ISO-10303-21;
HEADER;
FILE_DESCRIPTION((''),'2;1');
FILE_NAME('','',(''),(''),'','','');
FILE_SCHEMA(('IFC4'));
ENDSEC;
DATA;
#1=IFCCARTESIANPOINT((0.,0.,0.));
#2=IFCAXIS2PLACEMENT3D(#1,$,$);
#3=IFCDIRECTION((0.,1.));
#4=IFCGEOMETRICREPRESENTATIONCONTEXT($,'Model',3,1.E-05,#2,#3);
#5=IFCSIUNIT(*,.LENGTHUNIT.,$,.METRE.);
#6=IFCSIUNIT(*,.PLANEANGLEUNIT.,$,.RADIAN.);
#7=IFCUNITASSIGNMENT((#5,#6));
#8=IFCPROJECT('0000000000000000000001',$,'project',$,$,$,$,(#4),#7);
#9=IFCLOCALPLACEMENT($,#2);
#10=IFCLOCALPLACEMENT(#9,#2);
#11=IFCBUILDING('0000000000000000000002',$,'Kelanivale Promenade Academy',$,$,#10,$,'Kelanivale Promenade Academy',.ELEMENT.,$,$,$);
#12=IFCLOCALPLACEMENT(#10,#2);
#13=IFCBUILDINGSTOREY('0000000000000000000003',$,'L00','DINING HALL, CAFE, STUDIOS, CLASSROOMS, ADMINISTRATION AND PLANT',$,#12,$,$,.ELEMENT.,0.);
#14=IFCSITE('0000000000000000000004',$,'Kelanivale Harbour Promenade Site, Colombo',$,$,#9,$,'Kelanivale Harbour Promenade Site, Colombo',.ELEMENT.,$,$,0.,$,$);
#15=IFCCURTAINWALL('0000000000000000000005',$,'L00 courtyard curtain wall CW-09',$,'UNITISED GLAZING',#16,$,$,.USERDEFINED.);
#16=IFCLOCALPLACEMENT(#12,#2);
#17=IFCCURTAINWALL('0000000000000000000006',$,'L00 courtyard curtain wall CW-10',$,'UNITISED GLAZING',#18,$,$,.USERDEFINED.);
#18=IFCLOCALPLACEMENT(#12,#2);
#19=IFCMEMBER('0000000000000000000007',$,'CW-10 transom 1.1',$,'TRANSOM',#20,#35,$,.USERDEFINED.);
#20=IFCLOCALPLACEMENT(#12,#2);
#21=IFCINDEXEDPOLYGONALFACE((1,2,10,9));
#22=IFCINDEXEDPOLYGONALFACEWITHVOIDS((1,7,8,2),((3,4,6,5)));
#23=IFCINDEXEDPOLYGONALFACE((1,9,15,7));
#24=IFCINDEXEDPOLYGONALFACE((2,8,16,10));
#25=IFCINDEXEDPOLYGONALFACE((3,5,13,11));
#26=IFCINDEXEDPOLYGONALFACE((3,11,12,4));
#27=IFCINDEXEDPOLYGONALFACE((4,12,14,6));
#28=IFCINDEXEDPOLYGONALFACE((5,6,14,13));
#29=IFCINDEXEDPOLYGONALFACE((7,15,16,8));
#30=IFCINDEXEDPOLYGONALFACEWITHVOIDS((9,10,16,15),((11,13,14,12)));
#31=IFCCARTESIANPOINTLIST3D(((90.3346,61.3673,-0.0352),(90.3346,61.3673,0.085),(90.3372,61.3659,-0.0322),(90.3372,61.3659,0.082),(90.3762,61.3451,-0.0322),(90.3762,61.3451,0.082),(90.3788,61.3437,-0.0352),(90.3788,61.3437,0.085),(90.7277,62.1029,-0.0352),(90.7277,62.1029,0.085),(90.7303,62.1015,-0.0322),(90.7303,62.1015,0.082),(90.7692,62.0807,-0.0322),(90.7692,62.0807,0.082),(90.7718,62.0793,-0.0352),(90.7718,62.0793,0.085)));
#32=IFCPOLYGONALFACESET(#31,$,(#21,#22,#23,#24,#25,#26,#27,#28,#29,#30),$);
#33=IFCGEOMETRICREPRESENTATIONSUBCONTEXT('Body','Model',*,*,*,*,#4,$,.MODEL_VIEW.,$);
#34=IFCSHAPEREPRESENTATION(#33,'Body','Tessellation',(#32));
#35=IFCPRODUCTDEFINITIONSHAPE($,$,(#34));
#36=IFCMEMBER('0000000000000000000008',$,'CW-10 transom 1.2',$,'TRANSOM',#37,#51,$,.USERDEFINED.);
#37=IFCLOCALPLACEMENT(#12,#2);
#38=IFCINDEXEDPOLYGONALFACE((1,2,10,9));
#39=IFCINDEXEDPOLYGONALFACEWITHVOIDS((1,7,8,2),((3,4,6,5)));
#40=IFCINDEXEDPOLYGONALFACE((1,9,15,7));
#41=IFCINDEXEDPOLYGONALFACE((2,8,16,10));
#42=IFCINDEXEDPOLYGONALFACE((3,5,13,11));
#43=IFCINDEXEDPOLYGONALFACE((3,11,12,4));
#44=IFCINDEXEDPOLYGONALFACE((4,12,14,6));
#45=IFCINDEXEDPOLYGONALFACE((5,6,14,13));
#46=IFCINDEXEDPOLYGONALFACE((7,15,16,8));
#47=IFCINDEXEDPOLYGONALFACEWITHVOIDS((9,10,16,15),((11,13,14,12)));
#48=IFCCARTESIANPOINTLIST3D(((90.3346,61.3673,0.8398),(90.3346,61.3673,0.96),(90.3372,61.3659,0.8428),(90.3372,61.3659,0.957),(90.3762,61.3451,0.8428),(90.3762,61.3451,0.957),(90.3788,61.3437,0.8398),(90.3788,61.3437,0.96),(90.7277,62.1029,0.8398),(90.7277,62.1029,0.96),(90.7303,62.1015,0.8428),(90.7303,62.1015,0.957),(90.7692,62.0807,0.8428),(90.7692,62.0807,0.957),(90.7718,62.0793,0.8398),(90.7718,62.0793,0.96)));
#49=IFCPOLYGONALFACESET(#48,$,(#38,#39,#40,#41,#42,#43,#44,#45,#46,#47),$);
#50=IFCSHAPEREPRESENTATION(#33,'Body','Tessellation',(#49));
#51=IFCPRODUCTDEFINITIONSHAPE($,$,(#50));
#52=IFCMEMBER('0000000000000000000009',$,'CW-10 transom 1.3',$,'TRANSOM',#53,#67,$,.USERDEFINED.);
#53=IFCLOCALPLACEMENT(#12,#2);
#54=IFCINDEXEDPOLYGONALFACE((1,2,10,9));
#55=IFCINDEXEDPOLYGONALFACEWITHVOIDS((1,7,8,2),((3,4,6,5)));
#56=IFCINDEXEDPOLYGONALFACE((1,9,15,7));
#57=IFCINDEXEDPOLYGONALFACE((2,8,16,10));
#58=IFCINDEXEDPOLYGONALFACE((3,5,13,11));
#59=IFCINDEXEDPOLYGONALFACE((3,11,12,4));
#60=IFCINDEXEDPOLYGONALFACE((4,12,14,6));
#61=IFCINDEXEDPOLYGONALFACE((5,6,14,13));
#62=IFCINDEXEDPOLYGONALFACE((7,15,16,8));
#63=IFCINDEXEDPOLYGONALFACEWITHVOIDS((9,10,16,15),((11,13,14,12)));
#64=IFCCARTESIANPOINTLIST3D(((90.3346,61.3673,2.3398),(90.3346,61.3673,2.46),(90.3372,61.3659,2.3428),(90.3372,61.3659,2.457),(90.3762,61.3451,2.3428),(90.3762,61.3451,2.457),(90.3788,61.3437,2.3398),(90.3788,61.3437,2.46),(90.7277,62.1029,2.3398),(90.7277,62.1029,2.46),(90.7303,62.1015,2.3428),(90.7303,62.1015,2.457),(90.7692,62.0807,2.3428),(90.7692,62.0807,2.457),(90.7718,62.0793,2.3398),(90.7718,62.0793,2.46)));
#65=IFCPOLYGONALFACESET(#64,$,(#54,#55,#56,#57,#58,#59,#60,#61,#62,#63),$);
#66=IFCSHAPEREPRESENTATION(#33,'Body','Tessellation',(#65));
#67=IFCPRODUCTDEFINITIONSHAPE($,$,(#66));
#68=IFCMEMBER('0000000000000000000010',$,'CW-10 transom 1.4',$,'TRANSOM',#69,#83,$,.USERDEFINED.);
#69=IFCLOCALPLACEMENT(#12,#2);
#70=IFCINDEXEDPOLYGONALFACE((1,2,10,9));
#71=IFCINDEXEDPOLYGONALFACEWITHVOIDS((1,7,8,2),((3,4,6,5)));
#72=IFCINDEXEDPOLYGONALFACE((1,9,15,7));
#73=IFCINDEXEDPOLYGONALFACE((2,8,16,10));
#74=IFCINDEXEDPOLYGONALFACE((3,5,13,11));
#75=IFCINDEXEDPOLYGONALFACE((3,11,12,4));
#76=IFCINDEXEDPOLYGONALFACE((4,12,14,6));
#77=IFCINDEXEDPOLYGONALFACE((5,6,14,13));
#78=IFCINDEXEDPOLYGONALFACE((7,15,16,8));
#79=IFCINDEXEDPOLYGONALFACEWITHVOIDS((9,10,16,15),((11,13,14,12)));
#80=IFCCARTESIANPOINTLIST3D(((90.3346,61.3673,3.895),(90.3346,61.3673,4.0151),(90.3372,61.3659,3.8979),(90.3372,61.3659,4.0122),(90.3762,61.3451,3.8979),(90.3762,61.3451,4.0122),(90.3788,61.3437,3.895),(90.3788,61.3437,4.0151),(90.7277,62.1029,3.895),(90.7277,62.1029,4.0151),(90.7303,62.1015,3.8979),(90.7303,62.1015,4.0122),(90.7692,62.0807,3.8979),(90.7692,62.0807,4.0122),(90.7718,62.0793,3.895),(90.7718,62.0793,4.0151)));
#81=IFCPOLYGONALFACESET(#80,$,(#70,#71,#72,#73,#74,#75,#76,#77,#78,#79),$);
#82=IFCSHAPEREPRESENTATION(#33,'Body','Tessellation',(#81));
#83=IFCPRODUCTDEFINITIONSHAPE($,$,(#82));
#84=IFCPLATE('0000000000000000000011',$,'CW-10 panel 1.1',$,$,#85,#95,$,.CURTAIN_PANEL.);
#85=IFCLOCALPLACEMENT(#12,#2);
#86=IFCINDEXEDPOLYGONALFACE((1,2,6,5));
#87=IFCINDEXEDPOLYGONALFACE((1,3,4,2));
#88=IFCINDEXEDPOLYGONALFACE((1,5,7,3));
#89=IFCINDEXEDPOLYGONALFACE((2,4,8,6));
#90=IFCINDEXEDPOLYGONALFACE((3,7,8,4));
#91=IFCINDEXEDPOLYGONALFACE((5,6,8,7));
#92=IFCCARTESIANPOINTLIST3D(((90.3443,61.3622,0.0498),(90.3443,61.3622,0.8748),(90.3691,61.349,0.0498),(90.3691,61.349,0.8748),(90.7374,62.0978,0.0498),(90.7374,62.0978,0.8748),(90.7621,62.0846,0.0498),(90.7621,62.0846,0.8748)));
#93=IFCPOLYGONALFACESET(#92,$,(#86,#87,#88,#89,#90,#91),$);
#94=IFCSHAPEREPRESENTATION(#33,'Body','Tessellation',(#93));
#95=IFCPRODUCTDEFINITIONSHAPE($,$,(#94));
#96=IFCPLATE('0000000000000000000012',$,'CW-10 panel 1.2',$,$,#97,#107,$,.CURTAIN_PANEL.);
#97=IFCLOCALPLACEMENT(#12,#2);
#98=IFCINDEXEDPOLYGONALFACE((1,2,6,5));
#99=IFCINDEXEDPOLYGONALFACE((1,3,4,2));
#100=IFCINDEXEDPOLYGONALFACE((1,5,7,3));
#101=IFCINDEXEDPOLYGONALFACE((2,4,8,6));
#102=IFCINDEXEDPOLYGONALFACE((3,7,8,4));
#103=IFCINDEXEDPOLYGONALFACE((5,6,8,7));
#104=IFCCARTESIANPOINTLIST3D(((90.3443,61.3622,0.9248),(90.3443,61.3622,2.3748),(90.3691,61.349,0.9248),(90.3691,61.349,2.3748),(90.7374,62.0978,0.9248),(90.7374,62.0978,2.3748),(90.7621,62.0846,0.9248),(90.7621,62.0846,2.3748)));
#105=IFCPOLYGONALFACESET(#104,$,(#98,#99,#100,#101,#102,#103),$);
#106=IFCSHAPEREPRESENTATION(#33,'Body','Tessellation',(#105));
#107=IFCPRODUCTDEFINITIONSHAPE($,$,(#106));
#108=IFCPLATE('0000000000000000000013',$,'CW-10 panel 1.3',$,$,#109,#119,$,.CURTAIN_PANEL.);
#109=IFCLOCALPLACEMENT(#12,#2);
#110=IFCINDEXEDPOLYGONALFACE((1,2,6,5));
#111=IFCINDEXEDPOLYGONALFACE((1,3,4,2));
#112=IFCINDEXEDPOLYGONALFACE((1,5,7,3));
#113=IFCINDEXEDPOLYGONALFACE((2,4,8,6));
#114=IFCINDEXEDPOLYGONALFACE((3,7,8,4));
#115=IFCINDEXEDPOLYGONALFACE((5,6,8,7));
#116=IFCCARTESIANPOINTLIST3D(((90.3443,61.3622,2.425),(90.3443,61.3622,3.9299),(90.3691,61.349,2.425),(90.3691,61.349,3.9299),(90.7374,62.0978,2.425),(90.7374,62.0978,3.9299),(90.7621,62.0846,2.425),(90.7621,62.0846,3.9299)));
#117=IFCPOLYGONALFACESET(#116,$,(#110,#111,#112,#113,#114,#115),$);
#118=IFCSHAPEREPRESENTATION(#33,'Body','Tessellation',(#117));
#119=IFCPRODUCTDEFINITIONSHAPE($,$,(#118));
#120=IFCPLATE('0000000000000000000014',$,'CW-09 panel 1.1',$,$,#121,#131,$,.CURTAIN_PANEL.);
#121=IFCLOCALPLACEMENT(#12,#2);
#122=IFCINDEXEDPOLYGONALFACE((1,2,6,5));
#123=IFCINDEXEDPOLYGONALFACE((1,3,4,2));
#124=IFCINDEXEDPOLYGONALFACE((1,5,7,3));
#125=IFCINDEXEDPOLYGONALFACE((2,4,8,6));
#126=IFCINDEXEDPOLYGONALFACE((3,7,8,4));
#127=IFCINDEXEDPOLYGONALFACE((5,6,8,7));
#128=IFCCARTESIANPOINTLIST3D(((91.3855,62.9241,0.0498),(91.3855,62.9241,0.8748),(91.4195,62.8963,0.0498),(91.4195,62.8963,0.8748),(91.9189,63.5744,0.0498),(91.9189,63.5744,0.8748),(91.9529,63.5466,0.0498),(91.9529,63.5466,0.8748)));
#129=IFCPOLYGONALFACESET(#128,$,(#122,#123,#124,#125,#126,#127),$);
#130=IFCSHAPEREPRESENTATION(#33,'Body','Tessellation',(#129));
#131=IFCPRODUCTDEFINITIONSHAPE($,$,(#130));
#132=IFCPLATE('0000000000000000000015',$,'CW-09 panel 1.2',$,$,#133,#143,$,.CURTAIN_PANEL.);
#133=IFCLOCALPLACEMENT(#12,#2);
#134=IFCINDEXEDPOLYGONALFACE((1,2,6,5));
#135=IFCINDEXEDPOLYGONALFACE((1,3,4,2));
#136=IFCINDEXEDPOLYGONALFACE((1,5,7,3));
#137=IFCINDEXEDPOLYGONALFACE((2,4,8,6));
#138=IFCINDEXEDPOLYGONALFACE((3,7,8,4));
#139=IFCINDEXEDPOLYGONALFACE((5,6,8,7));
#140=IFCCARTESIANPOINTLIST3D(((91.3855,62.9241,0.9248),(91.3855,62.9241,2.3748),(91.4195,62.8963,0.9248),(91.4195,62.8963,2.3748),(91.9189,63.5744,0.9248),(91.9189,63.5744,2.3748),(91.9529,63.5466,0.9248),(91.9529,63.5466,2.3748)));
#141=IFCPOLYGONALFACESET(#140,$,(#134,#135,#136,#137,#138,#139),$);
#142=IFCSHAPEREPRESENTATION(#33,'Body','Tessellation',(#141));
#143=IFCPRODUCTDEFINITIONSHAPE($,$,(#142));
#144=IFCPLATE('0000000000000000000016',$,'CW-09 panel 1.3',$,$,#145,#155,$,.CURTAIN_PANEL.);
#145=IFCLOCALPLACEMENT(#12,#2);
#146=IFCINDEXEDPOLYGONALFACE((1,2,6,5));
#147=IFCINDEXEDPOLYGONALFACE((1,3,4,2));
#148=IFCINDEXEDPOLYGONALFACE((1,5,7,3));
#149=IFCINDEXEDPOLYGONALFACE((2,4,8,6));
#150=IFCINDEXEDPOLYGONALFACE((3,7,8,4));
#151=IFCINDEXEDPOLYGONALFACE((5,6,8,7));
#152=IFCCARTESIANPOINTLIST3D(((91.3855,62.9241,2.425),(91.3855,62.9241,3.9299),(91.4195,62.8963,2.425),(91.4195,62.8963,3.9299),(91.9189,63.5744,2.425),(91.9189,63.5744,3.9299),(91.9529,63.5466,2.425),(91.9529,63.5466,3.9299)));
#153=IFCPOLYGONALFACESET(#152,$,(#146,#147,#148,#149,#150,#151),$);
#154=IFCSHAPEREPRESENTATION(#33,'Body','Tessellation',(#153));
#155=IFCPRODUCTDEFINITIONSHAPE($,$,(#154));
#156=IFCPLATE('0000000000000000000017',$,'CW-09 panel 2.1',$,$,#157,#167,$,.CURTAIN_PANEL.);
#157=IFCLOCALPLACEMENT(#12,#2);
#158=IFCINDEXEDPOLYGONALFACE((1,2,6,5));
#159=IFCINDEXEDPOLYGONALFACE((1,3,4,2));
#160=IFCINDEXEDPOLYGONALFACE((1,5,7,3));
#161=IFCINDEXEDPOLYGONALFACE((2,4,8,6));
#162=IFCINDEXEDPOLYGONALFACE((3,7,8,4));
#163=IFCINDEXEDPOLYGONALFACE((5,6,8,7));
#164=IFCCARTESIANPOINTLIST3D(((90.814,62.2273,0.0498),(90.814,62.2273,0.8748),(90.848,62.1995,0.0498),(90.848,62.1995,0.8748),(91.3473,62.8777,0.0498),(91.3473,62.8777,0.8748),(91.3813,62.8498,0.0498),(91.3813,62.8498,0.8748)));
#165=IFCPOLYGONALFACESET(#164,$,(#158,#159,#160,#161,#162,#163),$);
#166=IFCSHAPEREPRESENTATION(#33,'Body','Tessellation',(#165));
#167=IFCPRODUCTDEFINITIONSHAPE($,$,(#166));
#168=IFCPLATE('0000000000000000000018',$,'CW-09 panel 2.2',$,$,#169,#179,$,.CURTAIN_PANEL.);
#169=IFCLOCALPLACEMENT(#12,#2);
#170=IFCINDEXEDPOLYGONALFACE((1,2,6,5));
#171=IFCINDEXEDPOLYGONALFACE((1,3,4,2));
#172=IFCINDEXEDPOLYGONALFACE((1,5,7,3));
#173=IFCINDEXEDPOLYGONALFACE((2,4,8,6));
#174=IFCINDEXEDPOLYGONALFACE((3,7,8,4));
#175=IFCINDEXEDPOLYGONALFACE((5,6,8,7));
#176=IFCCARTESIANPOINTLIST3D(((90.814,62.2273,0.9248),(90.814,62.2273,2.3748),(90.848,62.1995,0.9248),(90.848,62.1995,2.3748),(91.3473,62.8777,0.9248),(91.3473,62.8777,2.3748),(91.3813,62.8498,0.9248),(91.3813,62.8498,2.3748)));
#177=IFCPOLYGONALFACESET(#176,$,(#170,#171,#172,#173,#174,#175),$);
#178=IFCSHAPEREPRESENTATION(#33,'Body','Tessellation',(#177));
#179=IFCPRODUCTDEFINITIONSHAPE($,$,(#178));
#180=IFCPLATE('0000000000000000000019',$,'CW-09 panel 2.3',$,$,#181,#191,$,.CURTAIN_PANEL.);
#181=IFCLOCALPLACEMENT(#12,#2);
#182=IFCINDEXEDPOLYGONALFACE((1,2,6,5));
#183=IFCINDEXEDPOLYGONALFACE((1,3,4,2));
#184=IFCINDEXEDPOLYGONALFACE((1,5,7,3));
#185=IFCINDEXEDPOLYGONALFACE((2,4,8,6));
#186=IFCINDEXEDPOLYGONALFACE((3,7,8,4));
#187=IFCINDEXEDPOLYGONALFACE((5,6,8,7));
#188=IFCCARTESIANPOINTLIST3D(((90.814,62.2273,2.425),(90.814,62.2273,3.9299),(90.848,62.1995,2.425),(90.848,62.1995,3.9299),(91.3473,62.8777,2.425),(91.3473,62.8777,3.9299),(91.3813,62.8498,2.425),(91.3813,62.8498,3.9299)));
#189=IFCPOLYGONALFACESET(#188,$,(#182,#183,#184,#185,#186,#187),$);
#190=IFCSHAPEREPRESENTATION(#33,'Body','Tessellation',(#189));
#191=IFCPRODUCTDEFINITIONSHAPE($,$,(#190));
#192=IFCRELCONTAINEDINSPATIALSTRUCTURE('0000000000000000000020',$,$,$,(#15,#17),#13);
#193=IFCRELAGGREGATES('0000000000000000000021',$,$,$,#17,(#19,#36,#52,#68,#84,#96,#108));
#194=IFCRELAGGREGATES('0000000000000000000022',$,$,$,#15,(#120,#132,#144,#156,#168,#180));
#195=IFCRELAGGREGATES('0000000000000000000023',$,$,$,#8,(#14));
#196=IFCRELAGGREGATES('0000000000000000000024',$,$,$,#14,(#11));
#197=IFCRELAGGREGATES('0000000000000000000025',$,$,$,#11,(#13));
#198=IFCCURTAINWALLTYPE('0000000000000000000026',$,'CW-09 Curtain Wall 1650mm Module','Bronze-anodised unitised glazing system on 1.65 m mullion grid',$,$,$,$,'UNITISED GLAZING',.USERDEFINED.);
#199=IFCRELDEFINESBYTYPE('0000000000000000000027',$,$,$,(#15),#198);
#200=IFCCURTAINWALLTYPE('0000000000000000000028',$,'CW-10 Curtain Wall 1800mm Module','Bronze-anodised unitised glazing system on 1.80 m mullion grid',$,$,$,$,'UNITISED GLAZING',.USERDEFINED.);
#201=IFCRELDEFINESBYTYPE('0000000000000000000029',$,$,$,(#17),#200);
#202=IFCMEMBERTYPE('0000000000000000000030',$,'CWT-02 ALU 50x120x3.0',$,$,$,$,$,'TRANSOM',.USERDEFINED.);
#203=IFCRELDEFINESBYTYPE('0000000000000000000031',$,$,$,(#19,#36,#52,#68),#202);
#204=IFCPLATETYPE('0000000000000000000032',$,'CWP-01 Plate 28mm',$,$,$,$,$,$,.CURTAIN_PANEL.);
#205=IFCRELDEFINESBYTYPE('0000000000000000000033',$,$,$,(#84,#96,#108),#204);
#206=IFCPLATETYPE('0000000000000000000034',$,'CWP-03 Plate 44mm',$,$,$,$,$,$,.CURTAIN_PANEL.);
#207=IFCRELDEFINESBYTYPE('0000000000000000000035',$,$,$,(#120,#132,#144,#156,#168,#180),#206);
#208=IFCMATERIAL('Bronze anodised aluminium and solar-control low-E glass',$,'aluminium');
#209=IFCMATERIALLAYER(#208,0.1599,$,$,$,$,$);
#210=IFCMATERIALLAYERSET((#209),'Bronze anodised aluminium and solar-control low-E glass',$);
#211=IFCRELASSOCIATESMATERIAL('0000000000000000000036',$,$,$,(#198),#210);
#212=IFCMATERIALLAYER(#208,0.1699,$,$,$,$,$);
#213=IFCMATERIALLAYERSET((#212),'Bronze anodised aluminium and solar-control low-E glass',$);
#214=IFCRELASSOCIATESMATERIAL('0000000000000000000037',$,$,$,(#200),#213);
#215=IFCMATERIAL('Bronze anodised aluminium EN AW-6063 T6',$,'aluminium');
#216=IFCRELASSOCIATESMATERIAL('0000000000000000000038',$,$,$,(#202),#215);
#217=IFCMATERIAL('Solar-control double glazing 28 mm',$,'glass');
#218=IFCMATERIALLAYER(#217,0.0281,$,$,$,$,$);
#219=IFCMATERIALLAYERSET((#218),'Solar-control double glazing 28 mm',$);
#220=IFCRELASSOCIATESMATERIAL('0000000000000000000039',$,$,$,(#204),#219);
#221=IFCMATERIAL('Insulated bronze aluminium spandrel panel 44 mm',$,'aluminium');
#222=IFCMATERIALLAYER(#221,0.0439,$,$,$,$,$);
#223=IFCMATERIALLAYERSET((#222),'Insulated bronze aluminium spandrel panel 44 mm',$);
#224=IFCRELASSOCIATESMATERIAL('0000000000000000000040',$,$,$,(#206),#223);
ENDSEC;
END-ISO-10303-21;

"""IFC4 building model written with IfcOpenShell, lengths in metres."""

from ifc_helpers import new_model, si_unit, direction, frame, origin, origin_2d, place, context, subcontext, project, spatial, rectangle, hollow_rectangle, extrude, material, layer, layer_set, material_profile, profile_set, type_object, element, aggregate, save


model = new_model("IFC4")

# Units and contexts
model_context = context("Model", 3, precision=1e-05, world=origin(), true_north=direction((0.0, 1.0)))
body_context = subcontext(model_context, "Body", "Model", "MODEL_VIEW")
ifc_project = project(units=[si_unit("LENGTHUNIT", "METRE"), si_unit("PLANEANGLEUNIT", "RADIAN")], contexts=[model_context])

# Site, building, storey
site_placement = place(None, origin())
site = spatial("IfcSite", under=ifc_project, at=site_placement, Name="Kelanivale Harbour Promenade Site, Colombo", LongName="Kelanivale Harbour Promenade Site, Colombo", CompositionType="ELEMENT", RefElevation=0.0)
building_placement = place(site_placement, origin())
building = spatial("IfcBuilding", under=site, at=building_placement, Name="Kelanivale Promenade Academy", LongName="Kelanivale Promenade Academy", CompositionType="ELEMENT")
storey_placement = place(building_placement, origin())
storey = spatial("IfcBuildingStorey", under=building, at=storey_placement, Name="L00", Description="DINING HALL, CAFE, STUDIOS, CLASSROOMS, ADMINISTRATION AND PLANT", CompositionType="ELEMENT", Elevation=0.0)

# Curtain wall
ifc_material_1 = material(Name="Bronze anodised aluminium and solar-control low-E glass", Category="aluminium")
ifc_layer_1 = layer(ifc_material_1, 0.1599)
ifc_layer_set_1 = layer_set([ifc_layer_1], Name="Bronze anodised aluminium and solar-control low-E glass")
curtain_wall_type_1 = type_object("IfcCurtainWallType", Name="CW-09 Curtain Wall 1650mm Module", Description="Bronze-anodised unitised glazing system on 1.65 m mullion grid", ElementType="UNITISED GLAZING", PredefinedType="USERDEFINED", material=ifc_layer_set_1)
curtain_wall_1_placement = place(storey_placement, origin())
curtain_wall_1 = element("IfcCurtainWall", 1, at=curtain_wall_1_placement, inside=storey, type_object=curtain_wall_type_1, Name="L00 courtyard curtain wall CW-09", ObjectType="UNITISED GLAZING", PredefinedType="USERDEFINED")
ifc_material_2 = material(Name="Bronze anodised aluminium EN AW-6063 T6", Category="aluminium")

# Curtain wall
ifc_layer_2 = layer(ifc_material_1, 0.1699)
ifc_layer_set_2 = layer_set([ifc_layer_2], Name="Bronze anodised aluminium and solar-control low-E glass")
curtain_wall_type_2 = type_object("IfcCurtainWallType", Name="CW-10 Curtain Wall 1800mm Module", Description="Bronze-anodised unitised glazing system on 1.80 m mullion grid", ElementType="UNITISED GLAZING", PredefinedType="USERDEFINED", material=ifc_layer_set_2)
curtain_wall_2_placement = place(storey_placement, origin())
curtain_wall_2 = element("IfcCurtainWall", 2, at=curtain_wall_2_placement, inside=storey, type_object=curtain_wall_type_2, Name="L00 courtyard curtain wall CW-10", ObjectType="UNITISED GLAZING", PredefinedType="USERDEFINED")

# Members
ifc_material_profile_1 = material_profile(ifc_material_2, hollow_rectangle(XDim=0.05, YDim=0.1201, WallThickness=0.0029, at=origin_2d()), Name="ALU 50x120x3.0")
ifc_profile_set_1 = profile_set([ifc_material_profile_1], Name="Bronze anodised aluminium EN AW-6063 T6")
member_type_1 = type_object("IfcMemberType", Name="CWT-02 ALU 50x120x3.0", ElementType="TRANSOM", PredefinedType="USERDEFINED", material=ifc_profile_set_1)
member_1_placement = place(storey_placement, frame((90.7498, 62.0911, 0.0249), z_axis=(-0.471287, -0.88198, 0.0), x_axis=(0.88198, -0.471287, 0.0)))
member_1 = element("IfcMember", 3, at=member_1_placement, type_object=member_type_1, Name="CW-10 transom 1.1", ObjectType="TRANSOM", PredefinedType="USERDEFINED", context=body_context, shape_type="SweptSolid", body=[
    extrude(hollow_rectangle(XDim=0.05, YDim=0.1201, WallThickness=0.0029, at=origin_2d()), origin(), (0.0, 0.0, 1.0), 0.834),
])
member_2_placement = place(storey_placement, frame((90.7498, 62.0911, 0.8999), z_axis=(-0.471287, -0.88198, 0.0), x_axis=(0.88198, -0.471287, 0.0)))
member_2 = element("IfcMember", 4, at=member_2_placement, type_object=member_type_1, Name="CW-10 transom 1.2", ObjectType="TRANSOM", PredefinedType="USERDEFINED", context=body_context, shape_type="SweptSolid", body=[
    extrude(hollow_rectangle(XDim=0.05, YDim=0.1201, WallThickness=0.0029, at=origin_2d()), origin(), (0.0, 0.0, 1.0), 0.834),
])
member_3_placement = place(storey_placement, frame((90.7498, 62.0911, 2.3999), z_axis=(-0.471287, -0.88198, 0.0), x_axis=(0.88198, -0.471287, 0.0)))
member_3 = element("IfcMember", 5, at=member_3_placement, type_object=member_type_1, Name="CW-10 transom 1.3", ObjectType="TRANSOM", PredefinedType="USERDEFINED", context=body_context, shape_type="SweptSolid", body=[
    extrude(hollow_rectangle(XDim=0.05, YDim=0.1201, WallThickness=0.0029, at=origin_2d()), origin(), (0.0, 0.0, 1.0), 0.834),
])
member_4_placement = place(storey_placement, frame((90.7498, 62.0911, 3.9551), z_axis=(-0.471287, -0.88198, 0.0), x_axis=(0.88198, -0.471287, 0.0)))
member_4 = element("IfcMember", 6, at=member_4_placement, type_object=member_type_1, Name="CW-10 transom 1.4", ObjectType="TRANSOM", PredefinedType="USERDEFINED", context=body_context, shape_type="SweptSolid", body=[
    extrude(hollow_rectangle(XDim=0.05, YDim=0.1201, WallThickness=0.0029, at=origin_2d()), origin(), (0.0, 0.0, 1.0), 0.834),
])

# Plates
ifc_material_3 = material(Name="Solar-control double glazing 28 mm", Category="glass")
ifc_layer_3 = layer(ifc_material_3, 0.0281)
ifc_layer_set_3 = layer_set([ifc_layer_3], Name="Solar-control double glazing 28 mm")
plate_type_1 = type_object("IfcPlateType", Name="CWP-01 Plate 28mm", PredefinedType="CURTAIN_PANEL", material=ifc_layer_set_3)
plate_1_placement = place(storey_placement, frame((90.5532, 61.7234, 0.0498), z_axis=(0.0, 0.0, 1.0), x_axis=(-0.47129, -0.881978, 0.0)))
plate_1 = element("IfcPlate", 7, at=plate_1_placement, type_object=plate_type_1, Name="CW-10 panel 1.1", PredefinedType="CURTAIN_PANEL", context=body_context, shape_type="SweptSolid", body=[
    extrude(rectangle(XDim=0.834, YDim=0.0281, at=origin_2d()), origin(), (0.0, 0.0, 1.0), 0.825),
])
plate_2_placement = place(storey_placement, frame((90.5532, 61.7234, 0.9248), z_axis=(0.0, 0.0, 1.0), x_axis=(-0.47129, -0.881978, 0.0)))
plate_2 = element("IfcPlate", 8, at=plate_2_placement, type_object=plate_type_1, Name="CW-10 panel 1.2", PredefinedType="CURTAIN_PANEL", context=body_context, shape_type="SweptSolid", body=[
    extrude(rectangle(XDim=0.834, YDim=0.0281, at=origin_2d()), origin(), (0.0, 0.0, 1.0), 1.45),
])
plate_3_placement = place(storey_placement, frame((90.5532, 61.7234, 2.425), z_axis=(0.0, 0.0, 1.0), x_axis=(-0.47129, -0.881978, 0.0)))
plate_3 = element("IfcPlate", 9, at=plate_3_placement, type_object=plate_type_1, Name="CW-10 panel 1.3", PredefinedType="CURTAIN_PANEL", context=body_context, shape_type="SweptSolid", body=[
    extrude(rectangle(XDim=0.834, YDim=0.0281, at=origin_2d()), origin(), (0.0, 0.0, 1.0), 1.5049),
])
aggregate(curtain_wall_2, [member_1, member_2, member_3, member_4, plate_1, plate_2, plate_3])
ifc_material_4 = material(Name="Insulated bronze aluminium spandrel panel 44 mm", Category="aluminium")
ifc_layer_4 = layer(ifc_material_4, 0.0439)
ifc_layer_set_4 = layer_set([ifc_layer_4], Name="Insulated bronze aluminium spandrel panel 44 mm")
plate_type_2 = type_object("IfcPlateType", Name="CWP-03 Plate 44mm", PredefinedType="CURTAIN_PANEL", material=ifc_layer_set_4)
plate_4_placement = place(storey_placement, frame((91.6692, 63.2354, 0.0498), z_axis=(0.0, 0.0, 1.0), x_axis=(-0.634144, -0.773215, 0.0)))
plate_4 = element("IfcPlate", 10, at=plate_4_placement, type_object=plate_type_2, Name="CW-09 panel 1.1", PredefinedType="CURTAIN_PANEL", context=body_context, shape_type="SweptSolid", body=[
    extrude(rectangle(XDim=0.8411, YDim=0.0439, at=origin_2d()), origin(), (0.0, 0.0, 1.0), 0.825),
])
plate_5_placement = place(storey_placement, frame((91.6692, 63.2354, 0.9248), z_axis=(0.0, 0.0, 1.0), x_axis=(-0.634144, -0.773215, 0.0)))
plate_5 = element("IfcPlate", 11, at=plate_5_placement, type_object=plate_type_2, Name="CW-09 panel 1.2", PredefinedType="CURTAIN_PANEL", context=body_context, shape_type="SweptSolid", body=[
    extrude(rectangle(XDim=0.8411, YDim=0.0439, at=origin_2d()), origin(), (0.0, 0.0, 1.0), 1.45),
])
plate_6_placement = place(storey_placement, frame((91.6692, 63.2354, 2.425), z_axis=(0.0, 0.0, 1.0), x_axis=(-0.634144, -0.773215, 0.0)))
plate_6 = element("IfcPlate", 12, at=plate_6_placement, type_object=plate_type_2, Name="CW-09 panel 1.3", PredefinedType="CURTAIN_PANEL", context=body_context, shape_type="SweptSolid", body=[
    extrude(rectangle(XDim=0.8411, YDim=0.0439, at=origin_2d()), origin(), (0.0, 0.0, 1.0), 1.5049),
])
plate_7_placement = place(storey_placement, frame((91.0977, 62.5386, 0.0498), z_axis=(0.0, 0.0, 1.0), x_axis=(-0.634144, -0.773215, 0.0)))
plate_7 = element("IfcPlate", 13, at=plate_7_placement, type_object=plate_type_2, Name="CW-09 panel 2.1", PredefinedType="CURTAIN_PANEL", context=body_context, shape_type="SweptSolid", body=[
    extrude(rectangle(XDim=0.8411, YDim=0.0439, at=origin_2d()), origin(), (0.0, 0.0, 1.0), 0.825),
])
plate_8_placement = place(storey_placement, frame((91.0977, 62.5386, 0.9248), z_axis=(0.0, 0.0, 1.0), x_axis=(-0.634144, -0.773215, 0.0)))
plate_8 = element("IfcPlate", 14, at=plate_8_placement, type_object=plate_type_2, Name="CW-09 panel 2.2", PredefinedType="CURTAIN_PANEL", context=body_context, shape_type="SweptSolid", body=[
    extrude(rectangle(XDim=0.8411, YDim=0.0439, at=origin_2d()), origin(), (0.0, 0.0, 1.0), 1.45),
])
plate_9_placement = place(storey_placement, frame((91.0977, 62.5386, 2.425), z_axis=(0.0, 0.0, 1.0), x_axis=(-0.634144, -0.773215, 0.0)))
plate_9 = element("IfcPlate", 15, at=plate_9_placement, type_object=plate_type_2, Name="CW-09 panel 2.3", PredefinedType="CURTAIN_PANEL", context=body_context, shape_type="SweptSolid", body=[
    extrude(rectangle(XDim=0.8411, YDim=0.0439, at=origin_2d()), origin(), (0.0, 0.0, 1.0), 1.5049),
])
aggregate(curtain_wall_1, [plate_4, plate_5, plate_6, plate_7, plate_8, plate_9])

save(model, "model.ifc")
